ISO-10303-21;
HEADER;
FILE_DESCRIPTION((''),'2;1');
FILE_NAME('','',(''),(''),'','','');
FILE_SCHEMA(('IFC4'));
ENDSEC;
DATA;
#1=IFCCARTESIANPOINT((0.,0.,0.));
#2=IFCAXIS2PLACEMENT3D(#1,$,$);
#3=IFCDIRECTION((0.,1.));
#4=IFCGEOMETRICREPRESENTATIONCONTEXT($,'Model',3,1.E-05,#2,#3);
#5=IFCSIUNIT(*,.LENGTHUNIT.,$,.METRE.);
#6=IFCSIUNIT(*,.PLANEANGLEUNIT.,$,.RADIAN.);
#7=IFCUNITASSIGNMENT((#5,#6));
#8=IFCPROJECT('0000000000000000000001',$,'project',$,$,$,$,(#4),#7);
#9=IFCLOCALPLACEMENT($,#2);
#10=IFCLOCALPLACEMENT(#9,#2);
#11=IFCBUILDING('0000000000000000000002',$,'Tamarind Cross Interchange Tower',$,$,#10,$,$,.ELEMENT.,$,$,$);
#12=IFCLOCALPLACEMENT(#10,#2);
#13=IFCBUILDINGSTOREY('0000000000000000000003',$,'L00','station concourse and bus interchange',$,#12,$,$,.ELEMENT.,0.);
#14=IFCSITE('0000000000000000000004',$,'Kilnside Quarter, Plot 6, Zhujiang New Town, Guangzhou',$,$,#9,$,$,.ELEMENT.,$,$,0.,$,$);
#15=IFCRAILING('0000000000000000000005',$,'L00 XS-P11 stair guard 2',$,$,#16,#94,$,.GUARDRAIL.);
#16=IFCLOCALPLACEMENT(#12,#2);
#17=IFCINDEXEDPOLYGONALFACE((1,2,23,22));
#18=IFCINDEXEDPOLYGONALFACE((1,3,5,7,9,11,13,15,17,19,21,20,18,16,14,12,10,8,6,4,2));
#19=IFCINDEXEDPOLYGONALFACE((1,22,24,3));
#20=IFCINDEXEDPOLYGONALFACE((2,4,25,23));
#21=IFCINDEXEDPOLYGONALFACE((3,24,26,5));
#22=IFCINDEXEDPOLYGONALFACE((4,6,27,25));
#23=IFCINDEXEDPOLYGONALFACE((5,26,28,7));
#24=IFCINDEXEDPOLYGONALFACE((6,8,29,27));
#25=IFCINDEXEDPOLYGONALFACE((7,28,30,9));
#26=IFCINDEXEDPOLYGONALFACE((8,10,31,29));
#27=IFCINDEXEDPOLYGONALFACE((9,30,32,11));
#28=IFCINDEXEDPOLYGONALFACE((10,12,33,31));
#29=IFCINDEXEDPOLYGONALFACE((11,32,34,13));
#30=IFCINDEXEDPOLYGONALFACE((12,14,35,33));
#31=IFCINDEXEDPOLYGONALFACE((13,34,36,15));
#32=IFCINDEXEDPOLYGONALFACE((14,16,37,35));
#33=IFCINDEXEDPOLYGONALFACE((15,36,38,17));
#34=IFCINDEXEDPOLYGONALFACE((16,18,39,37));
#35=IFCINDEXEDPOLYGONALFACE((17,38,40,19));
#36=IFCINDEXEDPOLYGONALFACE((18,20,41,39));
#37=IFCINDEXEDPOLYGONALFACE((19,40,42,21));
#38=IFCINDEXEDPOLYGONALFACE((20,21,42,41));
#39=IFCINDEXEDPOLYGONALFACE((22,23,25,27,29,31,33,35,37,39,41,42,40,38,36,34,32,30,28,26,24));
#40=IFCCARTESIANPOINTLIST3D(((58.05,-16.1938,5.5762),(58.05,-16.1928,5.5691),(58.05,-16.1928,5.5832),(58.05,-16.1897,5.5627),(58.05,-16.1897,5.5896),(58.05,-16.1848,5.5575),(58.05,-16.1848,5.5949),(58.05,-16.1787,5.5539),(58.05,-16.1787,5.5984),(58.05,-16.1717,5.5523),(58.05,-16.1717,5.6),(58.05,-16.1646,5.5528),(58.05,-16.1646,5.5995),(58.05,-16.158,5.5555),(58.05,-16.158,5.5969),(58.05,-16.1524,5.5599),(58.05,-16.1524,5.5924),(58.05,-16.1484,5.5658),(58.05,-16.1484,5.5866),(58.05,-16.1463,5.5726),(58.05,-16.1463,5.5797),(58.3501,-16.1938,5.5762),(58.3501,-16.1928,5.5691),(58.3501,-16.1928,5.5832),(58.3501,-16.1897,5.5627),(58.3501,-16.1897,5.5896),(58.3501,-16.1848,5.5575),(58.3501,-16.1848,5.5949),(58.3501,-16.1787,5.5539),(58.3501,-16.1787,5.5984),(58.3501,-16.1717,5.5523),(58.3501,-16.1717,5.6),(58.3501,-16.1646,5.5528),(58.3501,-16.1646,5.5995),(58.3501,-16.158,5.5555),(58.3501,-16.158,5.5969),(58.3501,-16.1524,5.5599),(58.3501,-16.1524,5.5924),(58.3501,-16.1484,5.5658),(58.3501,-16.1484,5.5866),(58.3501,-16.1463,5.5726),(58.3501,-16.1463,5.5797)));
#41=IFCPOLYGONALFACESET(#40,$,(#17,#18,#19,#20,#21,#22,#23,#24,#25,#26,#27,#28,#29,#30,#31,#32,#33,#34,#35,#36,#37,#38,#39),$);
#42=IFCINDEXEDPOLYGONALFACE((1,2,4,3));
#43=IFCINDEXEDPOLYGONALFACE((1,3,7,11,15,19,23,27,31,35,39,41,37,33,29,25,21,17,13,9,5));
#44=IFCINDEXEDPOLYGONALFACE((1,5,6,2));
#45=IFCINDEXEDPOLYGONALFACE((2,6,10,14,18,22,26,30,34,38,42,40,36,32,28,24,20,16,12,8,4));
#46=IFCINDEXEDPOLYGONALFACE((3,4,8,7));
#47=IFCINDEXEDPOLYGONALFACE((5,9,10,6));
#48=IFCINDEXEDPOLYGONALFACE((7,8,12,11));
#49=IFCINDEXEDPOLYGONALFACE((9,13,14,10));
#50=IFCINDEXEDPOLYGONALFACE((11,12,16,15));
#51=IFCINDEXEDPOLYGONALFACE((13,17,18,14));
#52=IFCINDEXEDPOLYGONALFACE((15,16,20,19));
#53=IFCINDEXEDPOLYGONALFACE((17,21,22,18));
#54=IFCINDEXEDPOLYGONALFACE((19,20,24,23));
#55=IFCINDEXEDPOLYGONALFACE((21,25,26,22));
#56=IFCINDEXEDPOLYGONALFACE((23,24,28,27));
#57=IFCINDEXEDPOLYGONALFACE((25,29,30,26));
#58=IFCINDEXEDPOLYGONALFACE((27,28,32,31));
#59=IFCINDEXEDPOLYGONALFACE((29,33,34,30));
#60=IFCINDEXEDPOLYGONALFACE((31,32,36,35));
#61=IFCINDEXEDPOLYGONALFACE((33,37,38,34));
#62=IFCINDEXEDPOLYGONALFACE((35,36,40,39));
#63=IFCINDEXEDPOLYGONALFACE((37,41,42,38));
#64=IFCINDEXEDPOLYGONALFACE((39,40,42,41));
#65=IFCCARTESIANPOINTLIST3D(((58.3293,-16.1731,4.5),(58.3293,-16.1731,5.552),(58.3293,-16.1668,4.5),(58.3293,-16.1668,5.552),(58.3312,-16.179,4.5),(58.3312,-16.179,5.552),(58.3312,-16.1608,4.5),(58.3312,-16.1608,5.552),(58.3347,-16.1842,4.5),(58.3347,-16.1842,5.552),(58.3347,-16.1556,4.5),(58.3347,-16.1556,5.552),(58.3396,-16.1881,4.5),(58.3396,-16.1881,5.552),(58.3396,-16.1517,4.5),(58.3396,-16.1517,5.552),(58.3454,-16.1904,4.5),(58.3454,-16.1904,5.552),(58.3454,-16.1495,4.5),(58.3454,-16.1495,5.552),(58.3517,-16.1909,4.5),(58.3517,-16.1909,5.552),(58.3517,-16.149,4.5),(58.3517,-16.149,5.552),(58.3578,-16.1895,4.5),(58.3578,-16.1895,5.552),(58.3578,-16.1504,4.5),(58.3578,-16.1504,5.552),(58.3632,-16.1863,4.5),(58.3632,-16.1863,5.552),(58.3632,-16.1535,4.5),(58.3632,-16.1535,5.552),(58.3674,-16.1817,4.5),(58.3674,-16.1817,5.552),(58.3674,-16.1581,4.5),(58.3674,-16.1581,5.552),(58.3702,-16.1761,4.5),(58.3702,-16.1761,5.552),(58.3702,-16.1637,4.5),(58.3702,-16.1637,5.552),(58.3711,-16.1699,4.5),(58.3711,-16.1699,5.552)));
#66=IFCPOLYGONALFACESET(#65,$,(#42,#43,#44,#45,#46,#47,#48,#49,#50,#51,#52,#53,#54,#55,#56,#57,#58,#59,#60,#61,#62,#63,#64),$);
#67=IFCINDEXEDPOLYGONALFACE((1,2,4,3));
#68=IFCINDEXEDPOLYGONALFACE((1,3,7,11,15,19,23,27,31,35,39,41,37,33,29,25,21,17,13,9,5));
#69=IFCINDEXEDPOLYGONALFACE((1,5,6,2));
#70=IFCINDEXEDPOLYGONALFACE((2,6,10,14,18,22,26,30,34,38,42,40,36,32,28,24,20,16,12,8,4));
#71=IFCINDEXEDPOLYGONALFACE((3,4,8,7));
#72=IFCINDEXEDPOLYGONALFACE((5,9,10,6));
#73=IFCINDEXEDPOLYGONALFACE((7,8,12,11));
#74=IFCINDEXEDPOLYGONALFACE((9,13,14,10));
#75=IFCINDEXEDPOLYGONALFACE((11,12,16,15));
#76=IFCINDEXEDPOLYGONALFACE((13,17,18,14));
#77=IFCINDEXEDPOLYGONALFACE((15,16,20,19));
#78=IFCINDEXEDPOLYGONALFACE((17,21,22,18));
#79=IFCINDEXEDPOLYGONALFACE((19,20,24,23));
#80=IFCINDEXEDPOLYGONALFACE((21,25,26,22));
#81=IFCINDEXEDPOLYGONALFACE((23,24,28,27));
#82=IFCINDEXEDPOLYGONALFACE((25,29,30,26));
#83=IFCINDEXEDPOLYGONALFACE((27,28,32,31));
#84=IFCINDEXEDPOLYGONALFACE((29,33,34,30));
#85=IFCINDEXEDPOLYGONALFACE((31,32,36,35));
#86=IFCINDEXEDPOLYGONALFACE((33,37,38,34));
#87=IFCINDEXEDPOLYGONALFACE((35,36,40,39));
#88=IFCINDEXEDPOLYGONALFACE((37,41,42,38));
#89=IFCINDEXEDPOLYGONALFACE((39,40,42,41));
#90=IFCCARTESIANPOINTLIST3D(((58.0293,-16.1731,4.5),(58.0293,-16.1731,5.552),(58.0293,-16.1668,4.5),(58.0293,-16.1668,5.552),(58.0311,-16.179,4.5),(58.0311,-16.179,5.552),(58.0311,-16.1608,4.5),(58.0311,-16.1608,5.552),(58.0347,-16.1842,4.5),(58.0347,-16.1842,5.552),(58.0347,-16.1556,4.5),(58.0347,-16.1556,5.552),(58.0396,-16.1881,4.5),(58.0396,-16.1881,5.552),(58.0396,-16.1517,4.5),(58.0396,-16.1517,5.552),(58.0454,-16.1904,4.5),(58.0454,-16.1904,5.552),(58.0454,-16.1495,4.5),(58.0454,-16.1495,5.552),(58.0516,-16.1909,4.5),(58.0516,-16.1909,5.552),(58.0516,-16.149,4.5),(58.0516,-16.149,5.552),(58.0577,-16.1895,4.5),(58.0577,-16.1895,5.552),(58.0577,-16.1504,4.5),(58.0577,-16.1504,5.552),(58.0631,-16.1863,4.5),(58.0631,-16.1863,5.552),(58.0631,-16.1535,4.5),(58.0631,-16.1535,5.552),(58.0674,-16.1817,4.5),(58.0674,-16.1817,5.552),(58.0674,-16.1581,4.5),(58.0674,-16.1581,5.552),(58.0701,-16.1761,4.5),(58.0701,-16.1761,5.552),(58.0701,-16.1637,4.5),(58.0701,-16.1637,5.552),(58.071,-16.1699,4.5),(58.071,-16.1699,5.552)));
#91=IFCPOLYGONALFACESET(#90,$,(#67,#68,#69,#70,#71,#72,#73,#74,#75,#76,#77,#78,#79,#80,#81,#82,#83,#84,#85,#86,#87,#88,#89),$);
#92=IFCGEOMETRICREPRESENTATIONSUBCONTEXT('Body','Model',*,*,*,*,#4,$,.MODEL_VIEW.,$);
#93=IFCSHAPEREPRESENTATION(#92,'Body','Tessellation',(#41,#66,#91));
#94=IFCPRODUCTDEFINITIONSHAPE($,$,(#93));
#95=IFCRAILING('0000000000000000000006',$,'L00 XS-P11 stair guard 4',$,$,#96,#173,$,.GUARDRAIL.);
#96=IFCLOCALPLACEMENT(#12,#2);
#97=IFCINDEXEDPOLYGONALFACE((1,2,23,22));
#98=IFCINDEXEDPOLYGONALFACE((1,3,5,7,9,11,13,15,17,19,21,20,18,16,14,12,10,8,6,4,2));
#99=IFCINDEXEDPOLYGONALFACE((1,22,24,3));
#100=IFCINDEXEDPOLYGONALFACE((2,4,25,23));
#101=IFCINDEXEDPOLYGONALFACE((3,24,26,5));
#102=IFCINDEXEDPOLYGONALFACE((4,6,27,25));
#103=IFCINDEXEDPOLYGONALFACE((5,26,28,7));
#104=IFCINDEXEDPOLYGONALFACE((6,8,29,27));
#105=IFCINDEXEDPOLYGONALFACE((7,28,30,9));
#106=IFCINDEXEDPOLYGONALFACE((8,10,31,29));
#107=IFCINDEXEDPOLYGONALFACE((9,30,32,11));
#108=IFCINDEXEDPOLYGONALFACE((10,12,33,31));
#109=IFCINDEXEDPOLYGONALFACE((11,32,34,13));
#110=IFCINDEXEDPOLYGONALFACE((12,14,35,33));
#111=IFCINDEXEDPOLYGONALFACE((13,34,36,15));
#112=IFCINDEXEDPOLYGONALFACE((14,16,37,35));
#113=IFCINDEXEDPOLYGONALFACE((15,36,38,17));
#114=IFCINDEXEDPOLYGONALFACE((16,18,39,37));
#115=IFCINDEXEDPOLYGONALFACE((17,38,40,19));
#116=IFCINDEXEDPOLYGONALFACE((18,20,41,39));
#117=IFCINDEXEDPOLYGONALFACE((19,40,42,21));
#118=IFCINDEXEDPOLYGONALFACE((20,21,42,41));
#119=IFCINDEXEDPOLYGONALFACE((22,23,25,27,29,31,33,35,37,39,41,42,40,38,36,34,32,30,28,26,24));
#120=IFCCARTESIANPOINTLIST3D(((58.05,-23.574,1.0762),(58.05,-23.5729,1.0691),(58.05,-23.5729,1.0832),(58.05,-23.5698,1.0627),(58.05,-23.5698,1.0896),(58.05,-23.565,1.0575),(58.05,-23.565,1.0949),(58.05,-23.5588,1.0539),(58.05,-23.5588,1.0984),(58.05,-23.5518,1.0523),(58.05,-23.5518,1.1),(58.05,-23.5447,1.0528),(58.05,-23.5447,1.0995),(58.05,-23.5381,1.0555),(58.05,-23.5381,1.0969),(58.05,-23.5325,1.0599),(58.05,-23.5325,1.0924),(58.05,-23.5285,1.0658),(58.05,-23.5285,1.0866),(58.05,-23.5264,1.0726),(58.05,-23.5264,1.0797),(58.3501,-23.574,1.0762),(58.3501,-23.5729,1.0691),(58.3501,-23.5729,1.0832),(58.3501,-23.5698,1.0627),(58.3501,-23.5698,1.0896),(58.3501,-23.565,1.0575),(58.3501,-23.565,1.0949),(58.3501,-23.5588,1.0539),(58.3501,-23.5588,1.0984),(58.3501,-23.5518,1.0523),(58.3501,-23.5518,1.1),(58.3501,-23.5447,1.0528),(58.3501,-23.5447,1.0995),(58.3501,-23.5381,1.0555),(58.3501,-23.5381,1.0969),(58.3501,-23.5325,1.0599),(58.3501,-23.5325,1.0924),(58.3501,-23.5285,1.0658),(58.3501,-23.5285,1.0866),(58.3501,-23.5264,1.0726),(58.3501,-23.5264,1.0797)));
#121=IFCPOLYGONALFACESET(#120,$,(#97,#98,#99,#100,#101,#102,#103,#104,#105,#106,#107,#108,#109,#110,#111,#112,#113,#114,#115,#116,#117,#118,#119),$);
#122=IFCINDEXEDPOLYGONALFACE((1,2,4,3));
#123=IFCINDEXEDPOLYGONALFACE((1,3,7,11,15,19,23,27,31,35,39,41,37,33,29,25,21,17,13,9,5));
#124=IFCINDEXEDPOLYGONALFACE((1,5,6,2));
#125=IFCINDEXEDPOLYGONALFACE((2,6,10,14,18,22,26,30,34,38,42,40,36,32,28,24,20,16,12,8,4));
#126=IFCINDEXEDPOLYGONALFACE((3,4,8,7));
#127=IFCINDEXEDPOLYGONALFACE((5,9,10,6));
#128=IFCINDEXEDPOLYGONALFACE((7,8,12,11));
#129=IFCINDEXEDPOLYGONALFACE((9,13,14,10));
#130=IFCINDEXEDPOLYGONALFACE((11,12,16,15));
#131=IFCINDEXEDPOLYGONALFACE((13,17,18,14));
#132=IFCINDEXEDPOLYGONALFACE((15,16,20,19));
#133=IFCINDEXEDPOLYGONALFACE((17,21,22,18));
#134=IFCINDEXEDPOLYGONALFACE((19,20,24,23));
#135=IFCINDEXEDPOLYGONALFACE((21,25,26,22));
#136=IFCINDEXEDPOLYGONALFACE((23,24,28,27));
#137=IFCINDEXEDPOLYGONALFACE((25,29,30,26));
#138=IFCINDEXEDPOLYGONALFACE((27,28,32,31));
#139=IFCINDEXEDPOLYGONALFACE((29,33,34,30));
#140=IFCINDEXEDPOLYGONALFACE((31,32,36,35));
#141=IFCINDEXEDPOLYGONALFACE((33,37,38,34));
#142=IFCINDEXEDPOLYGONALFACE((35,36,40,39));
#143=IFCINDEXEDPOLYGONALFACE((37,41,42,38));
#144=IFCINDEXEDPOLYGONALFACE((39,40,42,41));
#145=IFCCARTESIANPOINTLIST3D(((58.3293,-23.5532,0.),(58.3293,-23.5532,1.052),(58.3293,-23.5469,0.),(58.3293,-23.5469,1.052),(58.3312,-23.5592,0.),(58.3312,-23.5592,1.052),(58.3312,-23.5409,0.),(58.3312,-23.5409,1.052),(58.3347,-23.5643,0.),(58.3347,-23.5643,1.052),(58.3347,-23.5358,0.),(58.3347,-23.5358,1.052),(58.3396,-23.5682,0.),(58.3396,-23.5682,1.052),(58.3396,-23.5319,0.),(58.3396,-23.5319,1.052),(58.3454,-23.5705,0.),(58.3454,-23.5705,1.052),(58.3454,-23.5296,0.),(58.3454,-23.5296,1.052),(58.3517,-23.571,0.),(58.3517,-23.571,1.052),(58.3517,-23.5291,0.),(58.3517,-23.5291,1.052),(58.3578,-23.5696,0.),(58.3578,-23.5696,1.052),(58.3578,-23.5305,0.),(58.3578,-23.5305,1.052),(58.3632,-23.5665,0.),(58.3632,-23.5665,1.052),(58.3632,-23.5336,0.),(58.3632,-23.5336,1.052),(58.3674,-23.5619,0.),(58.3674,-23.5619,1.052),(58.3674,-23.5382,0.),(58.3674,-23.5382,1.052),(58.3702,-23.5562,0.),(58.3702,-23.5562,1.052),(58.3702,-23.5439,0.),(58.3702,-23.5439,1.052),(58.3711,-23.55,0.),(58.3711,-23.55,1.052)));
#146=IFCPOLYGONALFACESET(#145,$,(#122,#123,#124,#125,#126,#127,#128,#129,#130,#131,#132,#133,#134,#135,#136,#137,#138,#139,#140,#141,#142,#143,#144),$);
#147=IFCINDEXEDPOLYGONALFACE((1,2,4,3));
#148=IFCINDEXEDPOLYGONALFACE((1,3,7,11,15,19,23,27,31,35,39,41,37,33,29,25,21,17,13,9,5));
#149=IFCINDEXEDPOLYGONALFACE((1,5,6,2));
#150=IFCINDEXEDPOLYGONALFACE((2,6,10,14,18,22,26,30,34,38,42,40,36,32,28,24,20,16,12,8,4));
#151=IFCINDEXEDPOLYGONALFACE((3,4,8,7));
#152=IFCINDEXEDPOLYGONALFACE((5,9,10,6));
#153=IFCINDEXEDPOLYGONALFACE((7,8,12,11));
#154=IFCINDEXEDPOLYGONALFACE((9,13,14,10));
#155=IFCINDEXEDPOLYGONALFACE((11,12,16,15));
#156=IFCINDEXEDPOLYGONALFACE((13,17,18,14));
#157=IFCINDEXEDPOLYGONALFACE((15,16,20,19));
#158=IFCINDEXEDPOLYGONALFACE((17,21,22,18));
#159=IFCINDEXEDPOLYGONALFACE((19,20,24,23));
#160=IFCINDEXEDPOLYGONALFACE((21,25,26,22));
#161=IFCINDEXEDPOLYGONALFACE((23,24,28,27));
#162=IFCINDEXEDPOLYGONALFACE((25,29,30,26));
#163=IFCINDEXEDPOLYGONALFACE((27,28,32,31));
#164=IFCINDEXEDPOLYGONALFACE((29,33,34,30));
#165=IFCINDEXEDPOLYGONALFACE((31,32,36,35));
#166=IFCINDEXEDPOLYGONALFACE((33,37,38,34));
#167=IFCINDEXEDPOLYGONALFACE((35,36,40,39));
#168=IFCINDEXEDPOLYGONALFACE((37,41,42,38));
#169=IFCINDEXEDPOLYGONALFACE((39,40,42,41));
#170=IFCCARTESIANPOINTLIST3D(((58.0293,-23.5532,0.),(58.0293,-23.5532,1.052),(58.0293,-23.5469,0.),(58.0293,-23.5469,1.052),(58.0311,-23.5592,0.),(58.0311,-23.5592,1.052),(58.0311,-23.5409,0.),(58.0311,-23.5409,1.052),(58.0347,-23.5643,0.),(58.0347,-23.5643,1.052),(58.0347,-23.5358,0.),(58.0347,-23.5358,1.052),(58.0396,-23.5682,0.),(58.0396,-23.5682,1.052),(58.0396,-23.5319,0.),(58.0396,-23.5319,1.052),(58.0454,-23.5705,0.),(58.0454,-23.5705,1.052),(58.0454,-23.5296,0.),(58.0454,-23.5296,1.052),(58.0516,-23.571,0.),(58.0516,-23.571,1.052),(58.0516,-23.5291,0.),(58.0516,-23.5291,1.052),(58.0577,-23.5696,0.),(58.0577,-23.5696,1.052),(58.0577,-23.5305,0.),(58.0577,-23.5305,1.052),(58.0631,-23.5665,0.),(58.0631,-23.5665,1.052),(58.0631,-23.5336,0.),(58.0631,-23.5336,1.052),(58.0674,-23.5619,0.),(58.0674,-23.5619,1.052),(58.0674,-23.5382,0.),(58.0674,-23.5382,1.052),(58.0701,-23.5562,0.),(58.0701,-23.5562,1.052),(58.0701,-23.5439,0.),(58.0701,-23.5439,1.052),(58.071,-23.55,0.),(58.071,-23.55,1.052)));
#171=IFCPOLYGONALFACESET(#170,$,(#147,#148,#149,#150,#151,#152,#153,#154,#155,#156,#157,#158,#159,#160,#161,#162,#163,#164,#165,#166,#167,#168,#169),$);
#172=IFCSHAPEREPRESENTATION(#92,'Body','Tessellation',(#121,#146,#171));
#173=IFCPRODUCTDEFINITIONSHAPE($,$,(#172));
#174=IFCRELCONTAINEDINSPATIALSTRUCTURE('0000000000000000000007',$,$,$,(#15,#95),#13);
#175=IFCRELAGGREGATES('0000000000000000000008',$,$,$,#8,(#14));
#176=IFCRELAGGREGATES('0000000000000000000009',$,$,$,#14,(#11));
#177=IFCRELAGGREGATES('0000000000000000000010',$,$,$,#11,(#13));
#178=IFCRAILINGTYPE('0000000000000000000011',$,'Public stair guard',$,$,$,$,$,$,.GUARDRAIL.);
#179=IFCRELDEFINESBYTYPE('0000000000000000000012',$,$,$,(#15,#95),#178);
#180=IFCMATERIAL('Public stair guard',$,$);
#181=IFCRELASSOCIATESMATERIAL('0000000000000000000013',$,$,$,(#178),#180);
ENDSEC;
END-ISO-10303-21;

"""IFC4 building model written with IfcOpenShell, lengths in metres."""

from ifc_helpers import new_model, si_unit, direction, frame, origin, origin_2d, place, context, subcontext, project, spatial, circle, extrude, material, type_object, element, save


model = new_model("IFC4")

# Units and contexts
model_context = context("Model", 3, precision=1e-05, world=origin(), true_north=direction((0.0, 1.0)))
body_context = subcontext(model_context, "Body", "Model", "MODEL_VIEW")
ifc_project = project(units=[si_unit("LENGTHUNIT", "METRE"), si_unit("PLANEANGLEUNIT", "RADIAN")], contexts=[model_context])

# Site, building, storey
site_placement = place(None, origin())
site = spatial("IfcSite", under=ifc_project, at=site_placement, Name="Kilnside Quarter, Plot 6, Zhujiang New Town, Guangzhou", CompositionType="ELEMENT", RefElevation=0.0)
building_placement = place(site_placement, origin())
building = spatial("IfcBuilding", under=site, at=building_placement, Name="Tamarind Cross Interchange Tower", CompositionType="ELEMENT")
storey_placement = place(building_placement, origin())
storey = spatial("IfcBuildingStorey", under=building, at=storey_placement, Name="L00", Description="station concourse and bus interchange", CompositionType="ELEMENT", Elevation=0.0)

# Railings
ifc_material_1 = material(Name="Public stair guard")
railing_type_1 = type_object("IfcRailingType", Name="Public stair guard", PredefinedType="GUARDRAIL", material=ifc_material_1)
railing_1_placement = place(storey_placement, frame((58.3501, -16.1699, 4.5)))
element("IfcRailing", 1, at=railing_1_placement, inside=storey, type_object=railing_type_1, Name="L00 XS-P11 stair guard 2", PredefinedType="GUARDRAIL", context=body_context, shape_type="SweptSolid", body=[
    extrude(circle(Radius=0.0239, at=origin_2d()), frame((0.0, 0.0, 1.0762), z_axis=(-1.0, 0.0, 0.0), x_axis=(0.0, -1.0, 0.0)), (0.0, 0.0, 1.0), 0.3),
    extrude(circle(Radius=0.021, at=origin_2d()), origin(), (0.0, 0.0, 1.0), 1.052),
    extrude(circle(Radius=0.021, at=origin_2d()), frame((-0.3, 0.0, 0.0)), (0.0, 0.0, 1.0), 1.052),
])
railing_2_placement = place(storey_placement, frame((58.3501, -23.55, 0.0)))
element("IfcRailing", 2, at=railing_2_placement, inside=storey, type_object=railing_type_1, Name="L00 XS-P11 stair guard 4", PredefinedType="GUARDRAIL", context=body_context, shape_type="SweptSolid", body=[
    extrude(circle(Radius=0.0239, at=origin_2d()), frame((0.0, 0.0, 1.0762), z_axis=(-1.0, 0.0, 0.0), x_axis=(0.0, -1.0, 0.0)), (0.0, 0.0, 1.0), 0.3),
    extrude(circle(Radius=0.021, at=origin_2d()), origin(), (0.0, 0.0, 1.0), 1.052),
    extrude(circle(Radius=0.021, at=origin_2d()), frame((-0.3, 0.0, 0.0)), (0.0, 0.0, 1.0), 1.052),
])

save(model, "model.ifc")
